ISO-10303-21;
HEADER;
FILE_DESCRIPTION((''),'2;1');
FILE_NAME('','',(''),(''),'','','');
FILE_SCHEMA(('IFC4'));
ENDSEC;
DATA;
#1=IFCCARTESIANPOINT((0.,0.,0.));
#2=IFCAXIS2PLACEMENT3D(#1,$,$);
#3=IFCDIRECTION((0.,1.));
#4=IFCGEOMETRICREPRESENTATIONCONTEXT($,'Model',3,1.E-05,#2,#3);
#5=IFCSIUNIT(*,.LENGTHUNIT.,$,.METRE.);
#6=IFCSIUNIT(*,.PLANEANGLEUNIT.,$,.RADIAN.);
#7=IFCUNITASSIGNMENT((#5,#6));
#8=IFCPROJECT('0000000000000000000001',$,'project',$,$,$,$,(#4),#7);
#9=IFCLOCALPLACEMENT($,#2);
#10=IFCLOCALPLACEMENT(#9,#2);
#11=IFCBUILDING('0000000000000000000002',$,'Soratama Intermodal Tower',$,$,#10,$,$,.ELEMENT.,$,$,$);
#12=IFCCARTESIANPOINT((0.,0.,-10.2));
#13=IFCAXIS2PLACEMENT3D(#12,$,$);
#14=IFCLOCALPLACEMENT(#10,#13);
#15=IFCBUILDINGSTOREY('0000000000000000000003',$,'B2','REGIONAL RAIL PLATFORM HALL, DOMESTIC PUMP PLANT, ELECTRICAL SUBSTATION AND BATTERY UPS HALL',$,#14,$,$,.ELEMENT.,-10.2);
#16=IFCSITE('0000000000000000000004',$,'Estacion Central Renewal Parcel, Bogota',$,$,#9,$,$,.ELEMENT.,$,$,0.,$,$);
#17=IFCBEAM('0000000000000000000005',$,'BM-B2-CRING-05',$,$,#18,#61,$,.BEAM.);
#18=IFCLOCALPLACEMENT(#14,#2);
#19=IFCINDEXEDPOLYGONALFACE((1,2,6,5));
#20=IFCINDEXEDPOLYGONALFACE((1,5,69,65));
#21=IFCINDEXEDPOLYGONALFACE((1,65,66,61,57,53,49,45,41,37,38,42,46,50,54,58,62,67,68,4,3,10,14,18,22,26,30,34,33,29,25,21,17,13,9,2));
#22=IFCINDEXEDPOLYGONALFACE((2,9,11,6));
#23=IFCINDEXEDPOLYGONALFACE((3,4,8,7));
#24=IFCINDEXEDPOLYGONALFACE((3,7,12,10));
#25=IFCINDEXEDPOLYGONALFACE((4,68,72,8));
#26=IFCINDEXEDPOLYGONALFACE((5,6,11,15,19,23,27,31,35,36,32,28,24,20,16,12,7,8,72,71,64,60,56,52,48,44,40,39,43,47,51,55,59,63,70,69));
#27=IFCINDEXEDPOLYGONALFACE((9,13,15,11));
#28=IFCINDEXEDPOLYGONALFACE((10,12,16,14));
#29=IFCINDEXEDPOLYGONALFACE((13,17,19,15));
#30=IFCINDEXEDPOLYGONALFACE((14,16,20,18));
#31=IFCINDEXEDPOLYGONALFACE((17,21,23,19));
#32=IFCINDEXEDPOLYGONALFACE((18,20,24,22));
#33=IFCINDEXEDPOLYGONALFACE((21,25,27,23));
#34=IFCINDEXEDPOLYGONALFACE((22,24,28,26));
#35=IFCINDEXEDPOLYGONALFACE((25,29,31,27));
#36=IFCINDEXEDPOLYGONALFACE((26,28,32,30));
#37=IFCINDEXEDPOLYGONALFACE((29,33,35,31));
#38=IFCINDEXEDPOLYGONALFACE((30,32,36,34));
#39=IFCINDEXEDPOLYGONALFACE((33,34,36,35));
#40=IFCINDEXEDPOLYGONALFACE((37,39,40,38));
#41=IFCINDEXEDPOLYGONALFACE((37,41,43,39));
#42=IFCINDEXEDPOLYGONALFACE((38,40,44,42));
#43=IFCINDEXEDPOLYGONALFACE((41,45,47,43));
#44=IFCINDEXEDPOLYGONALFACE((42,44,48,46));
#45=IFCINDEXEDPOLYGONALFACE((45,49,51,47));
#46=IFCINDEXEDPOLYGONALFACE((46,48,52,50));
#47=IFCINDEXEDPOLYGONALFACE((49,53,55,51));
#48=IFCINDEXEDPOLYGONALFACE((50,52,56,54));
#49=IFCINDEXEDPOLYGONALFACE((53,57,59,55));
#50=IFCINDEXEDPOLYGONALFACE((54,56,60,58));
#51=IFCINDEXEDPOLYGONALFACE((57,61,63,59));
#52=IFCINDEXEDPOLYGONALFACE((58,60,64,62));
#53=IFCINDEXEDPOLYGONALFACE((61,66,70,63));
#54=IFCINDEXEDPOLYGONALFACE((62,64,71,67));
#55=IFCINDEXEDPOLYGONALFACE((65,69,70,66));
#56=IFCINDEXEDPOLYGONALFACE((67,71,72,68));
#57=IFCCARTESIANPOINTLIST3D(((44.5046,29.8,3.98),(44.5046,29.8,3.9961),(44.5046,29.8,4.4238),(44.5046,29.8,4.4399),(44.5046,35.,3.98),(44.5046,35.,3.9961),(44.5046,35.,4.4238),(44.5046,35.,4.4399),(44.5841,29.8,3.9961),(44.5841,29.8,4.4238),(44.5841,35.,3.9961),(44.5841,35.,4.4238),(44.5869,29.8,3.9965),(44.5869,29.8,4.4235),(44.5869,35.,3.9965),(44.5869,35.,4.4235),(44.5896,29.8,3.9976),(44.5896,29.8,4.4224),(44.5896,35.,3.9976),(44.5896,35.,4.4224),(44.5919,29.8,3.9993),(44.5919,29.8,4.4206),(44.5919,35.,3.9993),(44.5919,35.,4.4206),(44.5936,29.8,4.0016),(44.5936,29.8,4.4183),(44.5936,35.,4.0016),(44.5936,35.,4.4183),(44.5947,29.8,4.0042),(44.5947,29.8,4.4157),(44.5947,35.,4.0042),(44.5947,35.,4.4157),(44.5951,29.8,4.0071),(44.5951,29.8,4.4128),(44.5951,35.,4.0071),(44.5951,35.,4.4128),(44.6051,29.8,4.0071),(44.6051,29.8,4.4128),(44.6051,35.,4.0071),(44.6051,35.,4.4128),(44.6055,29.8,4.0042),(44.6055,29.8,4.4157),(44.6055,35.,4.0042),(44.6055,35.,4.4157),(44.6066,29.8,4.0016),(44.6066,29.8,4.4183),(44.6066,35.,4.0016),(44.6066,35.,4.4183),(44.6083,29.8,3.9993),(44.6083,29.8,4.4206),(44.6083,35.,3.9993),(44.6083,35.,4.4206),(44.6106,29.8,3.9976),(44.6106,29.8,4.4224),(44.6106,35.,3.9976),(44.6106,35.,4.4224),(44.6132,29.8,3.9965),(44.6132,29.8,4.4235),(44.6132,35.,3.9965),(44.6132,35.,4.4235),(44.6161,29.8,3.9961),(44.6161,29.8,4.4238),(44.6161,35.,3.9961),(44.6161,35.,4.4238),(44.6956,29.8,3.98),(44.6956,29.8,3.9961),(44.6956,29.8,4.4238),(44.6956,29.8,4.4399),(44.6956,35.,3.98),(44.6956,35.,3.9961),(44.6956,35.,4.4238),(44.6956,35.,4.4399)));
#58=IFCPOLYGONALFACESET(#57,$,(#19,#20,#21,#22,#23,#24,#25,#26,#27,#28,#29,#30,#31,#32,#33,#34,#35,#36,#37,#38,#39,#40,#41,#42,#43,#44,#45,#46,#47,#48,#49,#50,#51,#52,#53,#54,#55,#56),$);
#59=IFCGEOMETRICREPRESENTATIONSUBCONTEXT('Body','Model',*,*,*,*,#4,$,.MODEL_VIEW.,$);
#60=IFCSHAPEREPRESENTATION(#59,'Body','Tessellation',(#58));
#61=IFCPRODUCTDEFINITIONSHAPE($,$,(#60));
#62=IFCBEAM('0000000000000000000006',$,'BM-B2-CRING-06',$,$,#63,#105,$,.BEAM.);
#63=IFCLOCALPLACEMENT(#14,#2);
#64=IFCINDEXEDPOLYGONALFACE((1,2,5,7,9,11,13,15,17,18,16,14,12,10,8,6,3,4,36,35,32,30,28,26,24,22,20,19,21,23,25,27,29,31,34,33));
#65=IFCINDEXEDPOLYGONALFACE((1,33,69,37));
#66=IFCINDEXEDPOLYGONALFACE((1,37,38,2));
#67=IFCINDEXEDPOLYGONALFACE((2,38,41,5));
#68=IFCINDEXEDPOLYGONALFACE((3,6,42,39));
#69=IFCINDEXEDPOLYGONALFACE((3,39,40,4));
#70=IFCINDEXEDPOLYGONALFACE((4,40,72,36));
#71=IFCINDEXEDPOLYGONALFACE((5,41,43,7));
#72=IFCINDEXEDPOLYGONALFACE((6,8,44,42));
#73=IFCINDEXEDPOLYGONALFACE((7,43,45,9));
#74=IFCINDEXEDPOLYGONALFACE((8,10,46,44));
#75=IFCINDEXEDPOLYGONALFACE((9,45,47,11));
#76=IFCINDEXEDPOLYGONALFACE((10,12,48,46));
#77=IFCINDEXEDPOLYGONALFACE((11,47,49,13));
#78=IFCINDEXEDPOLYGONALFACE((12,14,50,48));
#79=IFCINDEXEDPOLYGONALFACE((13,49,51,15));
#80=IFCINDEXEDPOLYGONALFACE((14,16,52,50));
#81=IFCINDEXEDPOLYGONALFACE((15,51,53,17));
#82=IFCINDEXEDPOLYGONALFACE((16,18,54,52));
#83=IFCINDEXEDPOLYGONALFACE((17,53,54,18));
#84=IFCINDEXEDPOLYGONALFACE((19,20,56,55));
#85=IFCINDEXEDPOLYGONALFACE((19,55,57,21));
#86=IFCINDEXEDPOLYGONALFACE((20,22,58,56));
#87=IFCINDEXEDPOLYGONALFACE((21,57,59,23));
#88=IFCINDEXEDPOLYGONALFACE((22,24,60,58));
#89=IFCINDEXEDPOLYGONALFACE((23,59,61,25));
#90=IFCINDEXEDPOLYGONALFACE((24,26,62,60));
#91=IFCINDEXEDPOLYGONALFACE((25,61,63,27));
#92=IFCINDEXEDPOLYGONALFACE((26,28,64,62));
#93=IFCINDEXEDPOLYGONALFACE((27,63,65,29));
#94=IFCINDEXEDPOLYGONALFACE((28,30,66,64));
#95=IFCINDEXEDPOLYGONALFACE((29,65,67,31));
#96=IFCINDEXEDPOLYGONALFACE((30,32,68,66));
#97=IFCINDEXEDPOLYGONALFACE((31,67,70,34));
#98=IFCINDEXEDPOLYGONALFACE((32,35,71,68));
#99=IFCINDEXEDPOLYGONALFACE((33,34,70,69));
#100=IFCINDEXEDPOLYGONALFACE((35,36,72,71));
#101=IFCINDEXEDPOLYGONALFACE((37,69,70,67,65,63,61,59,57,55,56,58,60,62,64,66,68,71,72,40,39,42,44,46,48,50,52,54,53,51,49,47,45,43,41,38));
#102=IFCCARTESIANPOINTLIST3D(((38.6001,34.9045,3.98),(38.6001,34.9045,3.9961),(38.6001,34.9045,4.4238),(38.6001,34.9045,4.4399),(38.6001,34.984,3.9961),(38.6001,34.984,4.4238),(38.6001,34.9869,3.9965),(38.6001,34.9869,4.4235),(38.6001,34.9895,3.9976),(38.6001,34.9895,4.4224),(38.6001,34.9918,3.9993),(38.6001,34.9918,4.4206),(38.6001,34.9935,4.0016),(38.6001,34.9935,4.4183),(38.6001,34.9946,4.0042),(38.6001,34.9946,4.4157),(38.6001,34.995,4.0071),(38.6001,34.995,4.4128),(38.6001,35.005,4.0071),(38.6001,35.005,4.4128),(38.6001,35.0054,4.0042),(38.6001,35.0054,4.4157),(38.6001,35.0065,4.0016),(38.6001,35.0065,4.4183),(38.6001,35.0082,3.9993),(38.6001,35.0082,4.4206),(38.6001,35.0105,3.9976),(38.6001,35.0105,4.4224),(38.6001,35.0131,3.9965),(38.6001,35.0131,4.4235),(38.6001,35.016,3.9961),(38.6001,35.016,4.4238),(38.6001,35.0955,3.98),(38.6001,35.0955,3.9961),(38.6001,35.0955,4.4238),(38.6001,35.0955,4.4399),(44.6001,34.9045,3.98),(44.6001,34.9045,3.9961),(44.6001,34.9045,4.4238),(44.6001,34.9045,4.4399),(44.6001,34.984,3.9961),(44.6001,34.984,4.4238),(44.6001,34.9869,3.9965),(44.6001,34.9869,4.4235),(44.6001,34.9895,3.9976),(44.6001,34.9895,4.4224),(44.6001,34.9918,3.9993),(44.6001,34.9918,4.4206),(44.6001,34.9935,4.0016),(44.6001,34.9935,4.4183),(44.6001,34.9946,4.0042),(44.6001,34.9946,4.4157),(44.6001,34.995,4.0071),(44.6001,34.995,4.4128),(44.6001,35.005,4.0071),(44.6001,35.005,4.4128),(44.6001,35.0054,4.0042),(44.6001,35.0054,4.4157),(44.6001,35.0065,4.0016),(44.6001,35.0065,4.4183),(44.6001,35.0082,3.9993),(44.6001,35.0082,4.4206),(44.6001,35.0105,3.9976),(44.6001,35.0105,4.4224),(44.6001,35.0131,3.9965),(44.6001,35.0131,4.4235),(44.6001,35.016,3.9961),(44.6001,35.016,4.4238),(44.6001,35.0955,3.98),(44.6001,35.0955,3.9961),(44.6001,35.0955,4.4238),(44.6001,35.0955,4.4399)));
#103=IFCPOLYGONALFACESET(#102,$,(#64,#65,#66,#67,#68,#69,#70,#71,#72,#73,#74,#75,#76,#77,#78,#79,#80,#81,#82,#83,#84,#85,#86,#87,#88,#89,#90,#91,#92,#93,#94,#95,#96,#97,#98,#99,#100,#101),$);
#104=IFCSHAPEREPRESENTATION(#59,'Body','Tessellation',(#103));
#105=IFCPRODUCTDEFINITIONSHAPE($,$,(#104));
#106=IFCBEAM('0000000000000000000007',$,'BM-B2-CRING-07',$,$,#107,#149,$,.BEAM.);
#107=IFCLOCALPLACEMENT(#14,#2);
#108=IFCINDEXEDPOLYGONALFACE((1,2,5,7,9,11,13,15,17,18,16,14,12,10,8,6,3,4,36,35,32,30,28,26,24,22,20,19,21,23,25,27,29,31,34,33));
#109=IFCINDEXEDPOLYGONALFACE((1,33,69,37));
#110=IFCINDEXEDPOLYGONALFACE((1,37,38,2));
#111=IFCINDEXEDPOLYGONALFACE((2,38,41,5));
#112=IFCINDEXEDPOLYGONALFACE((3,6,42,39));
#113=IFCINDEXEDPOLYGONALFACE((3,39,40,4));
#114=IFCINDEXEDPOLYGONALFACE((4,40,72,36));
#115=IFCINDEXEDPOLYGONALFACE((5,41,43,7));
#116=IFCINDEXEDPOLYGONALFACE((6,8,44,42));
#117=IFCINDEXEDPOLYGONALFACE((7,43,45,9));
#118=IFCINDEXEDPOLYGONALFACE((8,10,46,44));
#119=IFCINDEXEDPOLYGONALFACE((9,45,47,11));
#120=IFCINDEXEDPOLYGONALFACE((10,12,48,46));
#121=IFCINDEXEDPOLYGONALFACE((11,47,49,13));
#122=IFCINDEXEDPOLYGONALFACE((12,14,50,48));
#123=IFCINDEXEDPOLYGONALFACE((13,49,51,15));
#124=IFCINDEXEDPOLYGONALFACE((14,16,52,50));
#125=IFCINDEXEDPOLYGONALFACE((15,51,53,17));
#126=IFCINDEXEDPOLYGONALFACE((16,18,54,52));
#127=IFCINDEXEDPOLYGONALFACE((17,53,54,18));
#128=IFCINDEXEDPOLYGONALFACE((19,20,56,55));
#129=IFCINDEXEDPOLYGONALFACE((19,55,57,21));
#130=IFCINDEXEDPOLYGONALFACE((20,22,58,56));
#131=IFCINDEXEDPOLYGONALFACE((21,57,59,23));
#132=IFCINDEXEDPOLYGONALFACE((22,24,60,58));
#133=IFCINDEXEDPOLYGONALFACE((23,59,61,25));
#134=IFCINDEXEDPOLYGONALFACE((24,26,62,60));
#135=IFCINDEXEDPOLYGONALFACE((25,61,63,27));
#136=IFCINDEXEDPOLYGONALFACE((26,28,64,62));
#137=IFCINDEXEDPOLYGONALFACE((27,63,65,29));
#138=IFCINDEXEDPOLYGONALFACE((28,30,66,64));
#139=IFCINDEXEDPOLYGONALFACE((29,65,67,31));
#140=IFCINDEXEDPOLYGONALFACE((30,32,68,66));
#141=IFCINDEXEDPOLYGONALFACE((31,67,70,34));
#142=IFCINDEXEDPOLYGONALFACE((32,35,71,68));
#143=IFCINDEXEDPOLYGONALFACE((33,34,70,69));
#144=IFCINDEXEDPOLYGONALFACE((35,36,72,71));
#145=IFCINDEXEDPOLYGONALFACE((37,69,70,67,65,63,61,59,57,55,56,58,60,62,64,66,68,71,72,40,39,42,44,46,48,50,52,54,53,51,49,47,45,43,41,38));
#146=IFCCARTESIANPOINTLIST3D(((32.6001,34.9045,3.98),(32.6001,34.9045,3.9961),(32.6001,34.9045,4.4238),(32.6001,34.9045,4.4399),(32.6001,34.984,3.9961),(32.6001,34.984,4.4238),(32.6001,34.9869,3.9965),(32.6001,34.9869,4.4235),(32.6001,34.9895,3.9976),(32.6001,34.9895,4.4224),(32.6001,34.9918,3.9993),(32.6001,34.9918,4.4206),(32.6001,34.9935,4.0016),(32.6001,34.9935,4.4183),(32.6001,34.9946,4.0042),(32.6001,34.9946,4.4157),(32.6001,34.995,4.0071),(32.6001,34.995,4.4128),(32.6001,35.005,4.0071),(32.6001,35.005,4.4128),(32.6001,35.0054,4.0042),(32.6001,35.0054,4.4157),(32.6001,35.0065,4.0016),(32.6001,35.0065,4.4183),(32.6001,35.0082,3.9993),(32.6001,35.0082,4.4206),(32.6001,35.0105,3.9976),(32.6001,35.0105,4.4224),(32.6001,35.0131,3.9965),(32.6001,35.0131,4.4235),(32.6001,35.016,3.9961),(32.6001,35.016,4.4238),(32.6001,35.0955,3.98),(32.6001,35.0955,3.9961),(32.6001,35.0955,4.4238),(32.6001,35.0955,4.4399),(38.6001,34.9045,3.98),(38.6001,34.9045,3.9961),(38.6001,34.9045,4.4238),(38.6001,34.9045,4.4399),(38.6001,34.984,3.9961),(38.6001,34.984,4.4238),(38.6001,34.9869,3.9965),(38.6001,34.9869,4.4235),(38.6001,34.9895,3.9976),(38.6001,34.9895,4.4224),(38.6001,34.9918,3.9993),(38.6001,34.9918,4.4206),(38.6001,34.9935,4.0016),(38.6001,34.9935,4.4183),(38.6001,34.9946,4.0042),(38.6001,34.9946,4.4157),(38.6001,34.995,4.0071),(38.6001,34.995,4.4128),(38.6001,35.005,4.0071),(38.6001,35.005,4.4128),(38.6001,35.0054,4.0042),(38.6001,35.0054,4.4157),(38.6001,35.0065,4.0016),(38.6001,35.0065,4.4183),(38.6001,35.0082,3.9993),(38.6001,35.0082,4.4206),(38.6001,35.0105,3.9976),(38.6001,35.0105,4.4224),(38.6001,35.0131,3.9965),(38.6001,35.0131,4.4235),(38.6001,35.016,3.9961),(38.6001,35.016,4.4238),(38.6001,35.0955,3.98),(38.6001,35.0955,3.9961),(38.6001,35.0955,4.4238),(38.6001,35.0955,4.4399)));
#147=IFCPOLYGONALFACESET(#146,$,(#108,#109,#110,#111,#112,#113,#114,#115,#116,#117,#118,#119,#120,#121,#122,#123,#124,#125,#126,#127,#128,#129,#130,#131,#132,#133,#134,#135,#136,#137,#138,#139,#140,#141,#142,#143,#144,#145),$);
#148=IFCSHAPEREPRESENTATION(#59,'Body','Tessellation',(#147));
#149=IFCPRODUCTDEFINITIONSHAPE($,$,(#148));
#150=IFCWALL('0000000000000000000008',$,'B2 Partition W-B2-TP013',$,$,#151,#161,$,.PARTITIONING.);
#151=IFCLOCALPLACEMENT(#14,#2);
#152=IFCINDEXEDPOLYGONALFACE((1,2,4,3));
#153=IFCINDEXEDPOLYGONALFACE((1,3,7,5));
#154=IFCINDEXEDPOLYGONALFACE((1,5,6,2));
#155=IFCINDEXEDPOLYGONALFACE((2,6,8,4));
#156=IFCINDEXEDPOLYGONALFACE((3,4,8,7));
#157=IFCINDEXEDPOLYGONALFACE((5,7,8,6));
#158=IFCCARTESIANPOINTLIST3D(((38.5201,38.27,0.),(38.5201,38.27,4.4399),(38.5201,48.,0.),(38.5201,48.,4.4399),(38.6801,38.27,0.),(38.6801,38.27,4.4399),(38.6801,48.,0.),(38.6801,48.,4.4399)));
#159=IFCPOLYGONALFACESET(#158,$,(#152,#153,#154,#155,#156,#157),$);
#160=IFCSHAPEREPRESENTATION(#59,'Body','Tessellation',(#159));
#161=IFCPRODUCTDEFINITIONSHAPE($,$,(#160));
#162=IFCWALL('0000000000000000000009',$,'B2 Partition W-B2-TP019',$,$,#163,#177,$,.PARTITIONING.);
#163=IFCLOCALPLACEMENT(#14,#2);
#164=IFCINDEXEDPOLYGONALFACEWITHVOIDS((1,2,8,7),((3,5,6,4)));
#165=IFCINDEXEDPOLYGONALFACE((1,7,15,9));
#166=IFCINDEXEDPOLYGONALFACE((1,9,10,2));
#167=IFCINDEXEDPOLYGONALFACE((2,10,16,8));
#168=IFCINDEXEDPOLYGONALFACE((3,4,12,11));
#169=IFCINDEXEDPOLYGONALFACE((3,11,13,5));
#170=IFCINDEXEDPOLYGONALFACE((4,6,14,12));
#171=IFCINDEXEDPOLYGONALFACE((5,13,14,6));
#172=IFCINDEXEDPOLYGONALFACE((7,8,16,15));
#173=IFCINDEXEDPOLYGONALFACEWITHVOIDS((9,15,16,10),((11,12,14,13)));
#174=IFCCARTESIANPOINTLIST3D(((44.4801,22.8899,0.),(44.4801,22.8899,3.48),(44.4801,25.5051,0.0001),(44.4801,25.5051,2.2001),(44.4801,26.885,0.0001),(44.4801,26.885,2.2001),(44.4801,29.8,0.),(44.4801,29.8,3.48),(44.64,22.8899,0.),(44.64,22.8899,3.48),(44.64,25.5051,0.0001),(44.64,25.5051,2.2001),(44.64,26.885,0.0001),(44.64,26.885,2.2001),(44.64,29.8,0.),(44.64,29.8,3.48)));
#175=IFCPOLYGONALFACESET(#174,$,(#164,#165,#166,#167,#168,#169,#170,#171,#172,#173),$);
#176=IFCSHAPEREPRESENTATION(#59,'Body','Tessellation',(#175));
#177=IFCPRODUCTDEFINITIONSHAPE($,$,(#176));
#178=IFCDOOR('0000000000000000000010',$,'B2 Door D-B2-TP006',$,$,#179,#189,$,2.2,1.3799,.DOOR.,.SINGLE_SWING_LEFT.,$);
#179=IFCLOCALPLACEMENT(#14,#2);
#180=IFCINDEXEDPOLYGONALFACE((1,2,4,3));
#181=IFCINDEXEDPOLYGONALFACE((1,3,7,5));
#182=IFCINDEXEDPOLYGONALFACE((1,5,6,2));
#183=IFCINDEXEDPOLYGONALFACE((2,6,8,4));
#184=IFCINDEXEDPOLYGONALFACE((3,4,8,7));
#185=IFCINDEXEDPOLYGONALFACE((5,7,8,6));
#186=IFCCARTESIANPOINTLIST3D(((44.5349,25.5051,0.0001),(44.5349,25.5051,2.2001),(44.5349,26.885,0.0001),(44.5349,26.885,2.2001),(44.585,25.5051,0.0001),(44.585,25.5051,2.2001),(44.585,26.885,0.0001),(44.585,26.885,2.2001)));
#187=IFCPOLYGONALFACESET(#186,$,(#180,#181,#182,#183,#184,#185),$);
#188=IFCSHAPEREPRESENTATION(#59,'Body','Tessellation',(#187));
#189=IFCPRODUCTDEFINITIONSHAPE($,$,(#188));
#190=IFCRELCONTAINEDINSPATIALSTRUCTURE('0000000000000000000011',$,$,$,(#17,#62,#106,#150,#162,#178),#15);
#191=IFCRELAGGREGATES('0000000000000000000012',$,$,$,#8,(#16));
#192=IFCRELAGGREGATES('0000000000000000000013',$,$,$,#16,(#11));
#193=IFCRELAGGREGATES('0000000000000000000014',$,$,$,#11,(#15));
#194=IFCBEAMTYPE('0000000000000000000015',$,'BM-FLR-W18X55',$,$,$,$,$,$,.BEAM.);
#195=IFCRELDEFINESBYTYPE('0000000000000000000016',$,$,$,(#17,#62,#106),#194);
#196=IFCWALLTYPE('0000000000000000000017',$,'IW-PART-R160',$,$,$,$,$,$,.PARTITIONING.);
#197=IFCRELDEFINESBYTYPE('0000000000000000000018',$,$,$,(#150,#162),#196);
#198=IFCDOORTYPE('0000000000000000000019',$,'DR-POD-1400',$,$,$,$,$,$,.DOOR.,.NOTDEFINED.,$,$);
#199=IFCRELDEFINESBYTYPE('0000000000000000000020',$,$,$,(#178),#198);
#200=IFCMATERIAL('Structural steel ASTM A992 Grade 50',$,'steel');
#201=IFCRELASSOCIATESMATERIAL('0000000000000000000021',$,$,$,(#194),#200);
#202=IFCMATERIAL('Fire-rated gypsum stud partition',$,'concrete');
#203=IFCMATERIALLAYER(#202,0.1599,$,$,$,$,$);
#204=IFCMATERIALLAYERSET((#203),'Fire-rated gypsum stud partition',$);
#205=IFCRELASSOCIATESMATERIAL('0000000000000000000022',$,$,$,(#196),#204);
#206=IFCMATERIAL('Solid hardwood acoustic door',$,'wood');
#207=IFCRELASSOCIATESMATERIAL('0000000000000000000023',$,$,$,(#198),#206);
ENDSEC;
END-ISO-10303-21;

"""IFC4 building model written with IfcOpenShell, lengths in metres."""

from ifc_helpers import new_model, si_unit, direction, frame, frame_2d, origin, origin_2d, place, context, subcontext, project, spatial, rectangle, i_section, extrude, material, layer, layer_set, material_profile, profile_set, type_object, element, fill, save


model = new_model("IFC4")

# Units and contexts
model_context = context("Model", 3, precision=1e-05, world=origin(), true_north=direction((0.0, 1.0)))
body_context = subcontext(model_context, "Body", "Model", "MODEL_VIEW")
ifc_project = project(units=[si_unit("LENGTHUNIT", "METRE"), si_unit("PLANEANGLEUNIT", "RADIAN")], contexts=[model_context])

# Site, building, storey
site_placement = place(None, origin())
site = spatial("IfcSite", under=ifc_project, at=site_placement, Name="Estacion Central Renewal Parcel, Bogota", CompositionType="ELEMENT", RefElevation=0.0)
building_placement = place(site_placement, origin())
building = spatial("IfcBuilding", under=site, at=building_placement, Name="Soratama Intermodal Tower", CompositionType="ELEMENT")
storey_placement = place(building_placement, frame((0.0, 0.0, -10.2)))
storey = spatial("IfcBuildingStorey", under=building, at=storey_placement, Name="B2", Description="REGIONAL RAIL PLATFORM HALL, DOMESTIC PUMP PLANT, ELECTRICAL SUBSTATION AND BATTERY UPS HALL", CompositionType="ELEMENT", Elevation=-10.2)

# Beams
ifc_material_1 = material(Name="Structural steel ASTM A992 Grade 50", Category="steel")
ifc_material_profile_1 = material_profile(ifc_material_1, i_section(OverallWidth=0.1909, OverallDepth=0.46, WebThickness=0.01, FlangeThickness=0.0161, FilletRadius=0.011, at=origin_2d()), Name="W18X55")
ifc_profile_set_1 = profile_set([ifc_material_profile_1], Name="Structural steel ASTM A992 Grade 50")
beam_type = type_object("IfcBeamType", Name="BM-FLR-W18X55", PredefinedType="BEAM", material=ifc_profile_set_1)
beam_placement = place(storey_placement, frame((44.6001, 29.8, 4.21), z_axis=(0.0, 1.0, 0.0), x_axis=(-1.0, 0.0, 0.0)))
element("IfcBeam", 1, at=beam_placement, inside=storey, type_object=beam_type, Name="BM-B2-CRING-05", PredefinedType="BEAM", context=body_context, shape_type="SweptSolid", body=[
    extrude(i_section(OverallWidth=0.1909, OverallDepth=0.46, WebThickness=0.01, FlangeThickness=0.0161, FilletRadius=0.011, at=origin_2d()), origin(), (0.0, 0.0, 1.0), 5.2),
])
for number, where, z_axis, x_axis, name in (
    (2, (44.6001, 35.0, 4.21), (-1.0, 0.0, 0.0), (0.0, -1.0, 0.0), "BM-B2-CRING-06"),
    (3, (38.6001, 35.0, 4.21), (-1.0, 0.0, 0.0), (0.0, -1.0, 0.0), "BM-B2-CRING-07"),
):
    element("IfcBeam", number, at=place(storey_placement, frame(where, z_axis=z_axis, x_axis=x_axis)), inside=storey, type_object=beam_type, Name=name, PredefinedType="BEAM", context=body_context, shape_type="SweptSolid", body=[
        extrude(i_section(OverallWidth=0.1909, OverallDepth=0.46, WebThickness=0.01, FlangeThickness=0.0161, FilletRadius=0.011, at=origin_2d()), origin(), (0.0, 0.0, 1.0), 6.0),
    ])

# Wall
ifc_material_2 = material(Name="Fire-rated gypsum stud partition", Category="concrete")
ifc_layer_1 = layer(ifc_material_2, 0.1599)
ifc_layer_set_1 = layer_set([ifc_layer_1], Name="Fire-rated gypsum stud partition")
wall_type_1 = type_object("IfcWallType", Name="IW-PART-R160", PredefinedType="PARTITIONING", material=ifc_layer_set_1)
wall_1_placement = place(storey_placement, frame((38.6001, 38.27, 0.0), z_axis=(0.0, 0.0, 1.0), x_axis=(0.0, 1.0, 0.0)))
element("IfcWall", 4, at=wall_1_placement, inside=storey, type_object=wall_type_1, Name="B2 Partition W-B2-TP013", PredefinedType="PARTITIONING", context=body_context, shape_type="SweptSolid", body=[
    extrude(rectangle(XDim=9.73, YDim=0.1599, at=frame_2d((4.865, 0.0))), origin(), (0.0, 0.0, 1.0), 4.4399),
])

# Wall, opening, door
wall_2_placement = place(storey_placement, frame((44.5601, 29.8, 0.0), z_axis=(0.0, 0.0, 1.0), x_axis=(0.0, -1.0, 0.0)))
wall_2 = element("IfcWall", 5, at=wall_2_placement, inside=storey, type_object=wall_type_1, Name="B2 Partition W-B2-TP019", PredefinedType="PARTITIONING", context=body_context, shape_type="SweptSolid", body=[
    extrude(rectangle(XDim=6.9102, YDim=0.1599, at=frame_2d((3.4551, 0.0))), origin(), (0.0, 0.0, 1.0), 3.48),
])
opening_1_placement = place(wall_2_placement, frame((2.915, 0.0, 0.0)))
opening_1 = element("IfcOpeningElement", 6, at=opening_1_placement, cuts=wall_2, PredefinedType="OPENING", context=body_context, shape_type="SweptSolid", body=[
    extrude(rectangle(XDim=1.3799, YDim=2.2, at=frame_2d((0.6899, 1.1001))), frame((0.0, 0.0898, 0.0), z_axis=(0.0, -1.0, 0.0), x_axis=(1.0, 0.0, 0.0)), (0.0, 0.0, 1.0), 0.1799),
])
ifc_material_3 = material(Name="Solid hardwood acoustic door", Category="wood")
door_type_1 = type_object("IfcDoorType", Name="DR-POD-1400", OperationType="NOTDEFINED", PredefinedType="DOOR", material=ifc_material_3)
door_1_placement = place(opening_1_placement, origin())
door_1 = element("IfcDoor", 7, at=door_1_placement, inside=storey, type_object=door_type_1, Name="B2 Door D-B2-TP006", OperationType="SINGLE_SWING_LEFT", OverallHeight=2.2, OverallWidth=1.3799, PredefinedType="DOOR", context=body_context, shape_type="SweptSolid", body=[
    extrude(rectangle(XDim=1.3799, YDim=2.2, at=frame_2d((0.6899, 1.1001))), frame((0.0, 0.0249, 0.0), z_axis=(0.0, -1.0, 0.0), x_axis=(1.0, 0.0, 0.0)), (0.0, 0.0, 1.0), 0.05),
])
fill(opening_1, door_1)

save(model, "model.ifc")
